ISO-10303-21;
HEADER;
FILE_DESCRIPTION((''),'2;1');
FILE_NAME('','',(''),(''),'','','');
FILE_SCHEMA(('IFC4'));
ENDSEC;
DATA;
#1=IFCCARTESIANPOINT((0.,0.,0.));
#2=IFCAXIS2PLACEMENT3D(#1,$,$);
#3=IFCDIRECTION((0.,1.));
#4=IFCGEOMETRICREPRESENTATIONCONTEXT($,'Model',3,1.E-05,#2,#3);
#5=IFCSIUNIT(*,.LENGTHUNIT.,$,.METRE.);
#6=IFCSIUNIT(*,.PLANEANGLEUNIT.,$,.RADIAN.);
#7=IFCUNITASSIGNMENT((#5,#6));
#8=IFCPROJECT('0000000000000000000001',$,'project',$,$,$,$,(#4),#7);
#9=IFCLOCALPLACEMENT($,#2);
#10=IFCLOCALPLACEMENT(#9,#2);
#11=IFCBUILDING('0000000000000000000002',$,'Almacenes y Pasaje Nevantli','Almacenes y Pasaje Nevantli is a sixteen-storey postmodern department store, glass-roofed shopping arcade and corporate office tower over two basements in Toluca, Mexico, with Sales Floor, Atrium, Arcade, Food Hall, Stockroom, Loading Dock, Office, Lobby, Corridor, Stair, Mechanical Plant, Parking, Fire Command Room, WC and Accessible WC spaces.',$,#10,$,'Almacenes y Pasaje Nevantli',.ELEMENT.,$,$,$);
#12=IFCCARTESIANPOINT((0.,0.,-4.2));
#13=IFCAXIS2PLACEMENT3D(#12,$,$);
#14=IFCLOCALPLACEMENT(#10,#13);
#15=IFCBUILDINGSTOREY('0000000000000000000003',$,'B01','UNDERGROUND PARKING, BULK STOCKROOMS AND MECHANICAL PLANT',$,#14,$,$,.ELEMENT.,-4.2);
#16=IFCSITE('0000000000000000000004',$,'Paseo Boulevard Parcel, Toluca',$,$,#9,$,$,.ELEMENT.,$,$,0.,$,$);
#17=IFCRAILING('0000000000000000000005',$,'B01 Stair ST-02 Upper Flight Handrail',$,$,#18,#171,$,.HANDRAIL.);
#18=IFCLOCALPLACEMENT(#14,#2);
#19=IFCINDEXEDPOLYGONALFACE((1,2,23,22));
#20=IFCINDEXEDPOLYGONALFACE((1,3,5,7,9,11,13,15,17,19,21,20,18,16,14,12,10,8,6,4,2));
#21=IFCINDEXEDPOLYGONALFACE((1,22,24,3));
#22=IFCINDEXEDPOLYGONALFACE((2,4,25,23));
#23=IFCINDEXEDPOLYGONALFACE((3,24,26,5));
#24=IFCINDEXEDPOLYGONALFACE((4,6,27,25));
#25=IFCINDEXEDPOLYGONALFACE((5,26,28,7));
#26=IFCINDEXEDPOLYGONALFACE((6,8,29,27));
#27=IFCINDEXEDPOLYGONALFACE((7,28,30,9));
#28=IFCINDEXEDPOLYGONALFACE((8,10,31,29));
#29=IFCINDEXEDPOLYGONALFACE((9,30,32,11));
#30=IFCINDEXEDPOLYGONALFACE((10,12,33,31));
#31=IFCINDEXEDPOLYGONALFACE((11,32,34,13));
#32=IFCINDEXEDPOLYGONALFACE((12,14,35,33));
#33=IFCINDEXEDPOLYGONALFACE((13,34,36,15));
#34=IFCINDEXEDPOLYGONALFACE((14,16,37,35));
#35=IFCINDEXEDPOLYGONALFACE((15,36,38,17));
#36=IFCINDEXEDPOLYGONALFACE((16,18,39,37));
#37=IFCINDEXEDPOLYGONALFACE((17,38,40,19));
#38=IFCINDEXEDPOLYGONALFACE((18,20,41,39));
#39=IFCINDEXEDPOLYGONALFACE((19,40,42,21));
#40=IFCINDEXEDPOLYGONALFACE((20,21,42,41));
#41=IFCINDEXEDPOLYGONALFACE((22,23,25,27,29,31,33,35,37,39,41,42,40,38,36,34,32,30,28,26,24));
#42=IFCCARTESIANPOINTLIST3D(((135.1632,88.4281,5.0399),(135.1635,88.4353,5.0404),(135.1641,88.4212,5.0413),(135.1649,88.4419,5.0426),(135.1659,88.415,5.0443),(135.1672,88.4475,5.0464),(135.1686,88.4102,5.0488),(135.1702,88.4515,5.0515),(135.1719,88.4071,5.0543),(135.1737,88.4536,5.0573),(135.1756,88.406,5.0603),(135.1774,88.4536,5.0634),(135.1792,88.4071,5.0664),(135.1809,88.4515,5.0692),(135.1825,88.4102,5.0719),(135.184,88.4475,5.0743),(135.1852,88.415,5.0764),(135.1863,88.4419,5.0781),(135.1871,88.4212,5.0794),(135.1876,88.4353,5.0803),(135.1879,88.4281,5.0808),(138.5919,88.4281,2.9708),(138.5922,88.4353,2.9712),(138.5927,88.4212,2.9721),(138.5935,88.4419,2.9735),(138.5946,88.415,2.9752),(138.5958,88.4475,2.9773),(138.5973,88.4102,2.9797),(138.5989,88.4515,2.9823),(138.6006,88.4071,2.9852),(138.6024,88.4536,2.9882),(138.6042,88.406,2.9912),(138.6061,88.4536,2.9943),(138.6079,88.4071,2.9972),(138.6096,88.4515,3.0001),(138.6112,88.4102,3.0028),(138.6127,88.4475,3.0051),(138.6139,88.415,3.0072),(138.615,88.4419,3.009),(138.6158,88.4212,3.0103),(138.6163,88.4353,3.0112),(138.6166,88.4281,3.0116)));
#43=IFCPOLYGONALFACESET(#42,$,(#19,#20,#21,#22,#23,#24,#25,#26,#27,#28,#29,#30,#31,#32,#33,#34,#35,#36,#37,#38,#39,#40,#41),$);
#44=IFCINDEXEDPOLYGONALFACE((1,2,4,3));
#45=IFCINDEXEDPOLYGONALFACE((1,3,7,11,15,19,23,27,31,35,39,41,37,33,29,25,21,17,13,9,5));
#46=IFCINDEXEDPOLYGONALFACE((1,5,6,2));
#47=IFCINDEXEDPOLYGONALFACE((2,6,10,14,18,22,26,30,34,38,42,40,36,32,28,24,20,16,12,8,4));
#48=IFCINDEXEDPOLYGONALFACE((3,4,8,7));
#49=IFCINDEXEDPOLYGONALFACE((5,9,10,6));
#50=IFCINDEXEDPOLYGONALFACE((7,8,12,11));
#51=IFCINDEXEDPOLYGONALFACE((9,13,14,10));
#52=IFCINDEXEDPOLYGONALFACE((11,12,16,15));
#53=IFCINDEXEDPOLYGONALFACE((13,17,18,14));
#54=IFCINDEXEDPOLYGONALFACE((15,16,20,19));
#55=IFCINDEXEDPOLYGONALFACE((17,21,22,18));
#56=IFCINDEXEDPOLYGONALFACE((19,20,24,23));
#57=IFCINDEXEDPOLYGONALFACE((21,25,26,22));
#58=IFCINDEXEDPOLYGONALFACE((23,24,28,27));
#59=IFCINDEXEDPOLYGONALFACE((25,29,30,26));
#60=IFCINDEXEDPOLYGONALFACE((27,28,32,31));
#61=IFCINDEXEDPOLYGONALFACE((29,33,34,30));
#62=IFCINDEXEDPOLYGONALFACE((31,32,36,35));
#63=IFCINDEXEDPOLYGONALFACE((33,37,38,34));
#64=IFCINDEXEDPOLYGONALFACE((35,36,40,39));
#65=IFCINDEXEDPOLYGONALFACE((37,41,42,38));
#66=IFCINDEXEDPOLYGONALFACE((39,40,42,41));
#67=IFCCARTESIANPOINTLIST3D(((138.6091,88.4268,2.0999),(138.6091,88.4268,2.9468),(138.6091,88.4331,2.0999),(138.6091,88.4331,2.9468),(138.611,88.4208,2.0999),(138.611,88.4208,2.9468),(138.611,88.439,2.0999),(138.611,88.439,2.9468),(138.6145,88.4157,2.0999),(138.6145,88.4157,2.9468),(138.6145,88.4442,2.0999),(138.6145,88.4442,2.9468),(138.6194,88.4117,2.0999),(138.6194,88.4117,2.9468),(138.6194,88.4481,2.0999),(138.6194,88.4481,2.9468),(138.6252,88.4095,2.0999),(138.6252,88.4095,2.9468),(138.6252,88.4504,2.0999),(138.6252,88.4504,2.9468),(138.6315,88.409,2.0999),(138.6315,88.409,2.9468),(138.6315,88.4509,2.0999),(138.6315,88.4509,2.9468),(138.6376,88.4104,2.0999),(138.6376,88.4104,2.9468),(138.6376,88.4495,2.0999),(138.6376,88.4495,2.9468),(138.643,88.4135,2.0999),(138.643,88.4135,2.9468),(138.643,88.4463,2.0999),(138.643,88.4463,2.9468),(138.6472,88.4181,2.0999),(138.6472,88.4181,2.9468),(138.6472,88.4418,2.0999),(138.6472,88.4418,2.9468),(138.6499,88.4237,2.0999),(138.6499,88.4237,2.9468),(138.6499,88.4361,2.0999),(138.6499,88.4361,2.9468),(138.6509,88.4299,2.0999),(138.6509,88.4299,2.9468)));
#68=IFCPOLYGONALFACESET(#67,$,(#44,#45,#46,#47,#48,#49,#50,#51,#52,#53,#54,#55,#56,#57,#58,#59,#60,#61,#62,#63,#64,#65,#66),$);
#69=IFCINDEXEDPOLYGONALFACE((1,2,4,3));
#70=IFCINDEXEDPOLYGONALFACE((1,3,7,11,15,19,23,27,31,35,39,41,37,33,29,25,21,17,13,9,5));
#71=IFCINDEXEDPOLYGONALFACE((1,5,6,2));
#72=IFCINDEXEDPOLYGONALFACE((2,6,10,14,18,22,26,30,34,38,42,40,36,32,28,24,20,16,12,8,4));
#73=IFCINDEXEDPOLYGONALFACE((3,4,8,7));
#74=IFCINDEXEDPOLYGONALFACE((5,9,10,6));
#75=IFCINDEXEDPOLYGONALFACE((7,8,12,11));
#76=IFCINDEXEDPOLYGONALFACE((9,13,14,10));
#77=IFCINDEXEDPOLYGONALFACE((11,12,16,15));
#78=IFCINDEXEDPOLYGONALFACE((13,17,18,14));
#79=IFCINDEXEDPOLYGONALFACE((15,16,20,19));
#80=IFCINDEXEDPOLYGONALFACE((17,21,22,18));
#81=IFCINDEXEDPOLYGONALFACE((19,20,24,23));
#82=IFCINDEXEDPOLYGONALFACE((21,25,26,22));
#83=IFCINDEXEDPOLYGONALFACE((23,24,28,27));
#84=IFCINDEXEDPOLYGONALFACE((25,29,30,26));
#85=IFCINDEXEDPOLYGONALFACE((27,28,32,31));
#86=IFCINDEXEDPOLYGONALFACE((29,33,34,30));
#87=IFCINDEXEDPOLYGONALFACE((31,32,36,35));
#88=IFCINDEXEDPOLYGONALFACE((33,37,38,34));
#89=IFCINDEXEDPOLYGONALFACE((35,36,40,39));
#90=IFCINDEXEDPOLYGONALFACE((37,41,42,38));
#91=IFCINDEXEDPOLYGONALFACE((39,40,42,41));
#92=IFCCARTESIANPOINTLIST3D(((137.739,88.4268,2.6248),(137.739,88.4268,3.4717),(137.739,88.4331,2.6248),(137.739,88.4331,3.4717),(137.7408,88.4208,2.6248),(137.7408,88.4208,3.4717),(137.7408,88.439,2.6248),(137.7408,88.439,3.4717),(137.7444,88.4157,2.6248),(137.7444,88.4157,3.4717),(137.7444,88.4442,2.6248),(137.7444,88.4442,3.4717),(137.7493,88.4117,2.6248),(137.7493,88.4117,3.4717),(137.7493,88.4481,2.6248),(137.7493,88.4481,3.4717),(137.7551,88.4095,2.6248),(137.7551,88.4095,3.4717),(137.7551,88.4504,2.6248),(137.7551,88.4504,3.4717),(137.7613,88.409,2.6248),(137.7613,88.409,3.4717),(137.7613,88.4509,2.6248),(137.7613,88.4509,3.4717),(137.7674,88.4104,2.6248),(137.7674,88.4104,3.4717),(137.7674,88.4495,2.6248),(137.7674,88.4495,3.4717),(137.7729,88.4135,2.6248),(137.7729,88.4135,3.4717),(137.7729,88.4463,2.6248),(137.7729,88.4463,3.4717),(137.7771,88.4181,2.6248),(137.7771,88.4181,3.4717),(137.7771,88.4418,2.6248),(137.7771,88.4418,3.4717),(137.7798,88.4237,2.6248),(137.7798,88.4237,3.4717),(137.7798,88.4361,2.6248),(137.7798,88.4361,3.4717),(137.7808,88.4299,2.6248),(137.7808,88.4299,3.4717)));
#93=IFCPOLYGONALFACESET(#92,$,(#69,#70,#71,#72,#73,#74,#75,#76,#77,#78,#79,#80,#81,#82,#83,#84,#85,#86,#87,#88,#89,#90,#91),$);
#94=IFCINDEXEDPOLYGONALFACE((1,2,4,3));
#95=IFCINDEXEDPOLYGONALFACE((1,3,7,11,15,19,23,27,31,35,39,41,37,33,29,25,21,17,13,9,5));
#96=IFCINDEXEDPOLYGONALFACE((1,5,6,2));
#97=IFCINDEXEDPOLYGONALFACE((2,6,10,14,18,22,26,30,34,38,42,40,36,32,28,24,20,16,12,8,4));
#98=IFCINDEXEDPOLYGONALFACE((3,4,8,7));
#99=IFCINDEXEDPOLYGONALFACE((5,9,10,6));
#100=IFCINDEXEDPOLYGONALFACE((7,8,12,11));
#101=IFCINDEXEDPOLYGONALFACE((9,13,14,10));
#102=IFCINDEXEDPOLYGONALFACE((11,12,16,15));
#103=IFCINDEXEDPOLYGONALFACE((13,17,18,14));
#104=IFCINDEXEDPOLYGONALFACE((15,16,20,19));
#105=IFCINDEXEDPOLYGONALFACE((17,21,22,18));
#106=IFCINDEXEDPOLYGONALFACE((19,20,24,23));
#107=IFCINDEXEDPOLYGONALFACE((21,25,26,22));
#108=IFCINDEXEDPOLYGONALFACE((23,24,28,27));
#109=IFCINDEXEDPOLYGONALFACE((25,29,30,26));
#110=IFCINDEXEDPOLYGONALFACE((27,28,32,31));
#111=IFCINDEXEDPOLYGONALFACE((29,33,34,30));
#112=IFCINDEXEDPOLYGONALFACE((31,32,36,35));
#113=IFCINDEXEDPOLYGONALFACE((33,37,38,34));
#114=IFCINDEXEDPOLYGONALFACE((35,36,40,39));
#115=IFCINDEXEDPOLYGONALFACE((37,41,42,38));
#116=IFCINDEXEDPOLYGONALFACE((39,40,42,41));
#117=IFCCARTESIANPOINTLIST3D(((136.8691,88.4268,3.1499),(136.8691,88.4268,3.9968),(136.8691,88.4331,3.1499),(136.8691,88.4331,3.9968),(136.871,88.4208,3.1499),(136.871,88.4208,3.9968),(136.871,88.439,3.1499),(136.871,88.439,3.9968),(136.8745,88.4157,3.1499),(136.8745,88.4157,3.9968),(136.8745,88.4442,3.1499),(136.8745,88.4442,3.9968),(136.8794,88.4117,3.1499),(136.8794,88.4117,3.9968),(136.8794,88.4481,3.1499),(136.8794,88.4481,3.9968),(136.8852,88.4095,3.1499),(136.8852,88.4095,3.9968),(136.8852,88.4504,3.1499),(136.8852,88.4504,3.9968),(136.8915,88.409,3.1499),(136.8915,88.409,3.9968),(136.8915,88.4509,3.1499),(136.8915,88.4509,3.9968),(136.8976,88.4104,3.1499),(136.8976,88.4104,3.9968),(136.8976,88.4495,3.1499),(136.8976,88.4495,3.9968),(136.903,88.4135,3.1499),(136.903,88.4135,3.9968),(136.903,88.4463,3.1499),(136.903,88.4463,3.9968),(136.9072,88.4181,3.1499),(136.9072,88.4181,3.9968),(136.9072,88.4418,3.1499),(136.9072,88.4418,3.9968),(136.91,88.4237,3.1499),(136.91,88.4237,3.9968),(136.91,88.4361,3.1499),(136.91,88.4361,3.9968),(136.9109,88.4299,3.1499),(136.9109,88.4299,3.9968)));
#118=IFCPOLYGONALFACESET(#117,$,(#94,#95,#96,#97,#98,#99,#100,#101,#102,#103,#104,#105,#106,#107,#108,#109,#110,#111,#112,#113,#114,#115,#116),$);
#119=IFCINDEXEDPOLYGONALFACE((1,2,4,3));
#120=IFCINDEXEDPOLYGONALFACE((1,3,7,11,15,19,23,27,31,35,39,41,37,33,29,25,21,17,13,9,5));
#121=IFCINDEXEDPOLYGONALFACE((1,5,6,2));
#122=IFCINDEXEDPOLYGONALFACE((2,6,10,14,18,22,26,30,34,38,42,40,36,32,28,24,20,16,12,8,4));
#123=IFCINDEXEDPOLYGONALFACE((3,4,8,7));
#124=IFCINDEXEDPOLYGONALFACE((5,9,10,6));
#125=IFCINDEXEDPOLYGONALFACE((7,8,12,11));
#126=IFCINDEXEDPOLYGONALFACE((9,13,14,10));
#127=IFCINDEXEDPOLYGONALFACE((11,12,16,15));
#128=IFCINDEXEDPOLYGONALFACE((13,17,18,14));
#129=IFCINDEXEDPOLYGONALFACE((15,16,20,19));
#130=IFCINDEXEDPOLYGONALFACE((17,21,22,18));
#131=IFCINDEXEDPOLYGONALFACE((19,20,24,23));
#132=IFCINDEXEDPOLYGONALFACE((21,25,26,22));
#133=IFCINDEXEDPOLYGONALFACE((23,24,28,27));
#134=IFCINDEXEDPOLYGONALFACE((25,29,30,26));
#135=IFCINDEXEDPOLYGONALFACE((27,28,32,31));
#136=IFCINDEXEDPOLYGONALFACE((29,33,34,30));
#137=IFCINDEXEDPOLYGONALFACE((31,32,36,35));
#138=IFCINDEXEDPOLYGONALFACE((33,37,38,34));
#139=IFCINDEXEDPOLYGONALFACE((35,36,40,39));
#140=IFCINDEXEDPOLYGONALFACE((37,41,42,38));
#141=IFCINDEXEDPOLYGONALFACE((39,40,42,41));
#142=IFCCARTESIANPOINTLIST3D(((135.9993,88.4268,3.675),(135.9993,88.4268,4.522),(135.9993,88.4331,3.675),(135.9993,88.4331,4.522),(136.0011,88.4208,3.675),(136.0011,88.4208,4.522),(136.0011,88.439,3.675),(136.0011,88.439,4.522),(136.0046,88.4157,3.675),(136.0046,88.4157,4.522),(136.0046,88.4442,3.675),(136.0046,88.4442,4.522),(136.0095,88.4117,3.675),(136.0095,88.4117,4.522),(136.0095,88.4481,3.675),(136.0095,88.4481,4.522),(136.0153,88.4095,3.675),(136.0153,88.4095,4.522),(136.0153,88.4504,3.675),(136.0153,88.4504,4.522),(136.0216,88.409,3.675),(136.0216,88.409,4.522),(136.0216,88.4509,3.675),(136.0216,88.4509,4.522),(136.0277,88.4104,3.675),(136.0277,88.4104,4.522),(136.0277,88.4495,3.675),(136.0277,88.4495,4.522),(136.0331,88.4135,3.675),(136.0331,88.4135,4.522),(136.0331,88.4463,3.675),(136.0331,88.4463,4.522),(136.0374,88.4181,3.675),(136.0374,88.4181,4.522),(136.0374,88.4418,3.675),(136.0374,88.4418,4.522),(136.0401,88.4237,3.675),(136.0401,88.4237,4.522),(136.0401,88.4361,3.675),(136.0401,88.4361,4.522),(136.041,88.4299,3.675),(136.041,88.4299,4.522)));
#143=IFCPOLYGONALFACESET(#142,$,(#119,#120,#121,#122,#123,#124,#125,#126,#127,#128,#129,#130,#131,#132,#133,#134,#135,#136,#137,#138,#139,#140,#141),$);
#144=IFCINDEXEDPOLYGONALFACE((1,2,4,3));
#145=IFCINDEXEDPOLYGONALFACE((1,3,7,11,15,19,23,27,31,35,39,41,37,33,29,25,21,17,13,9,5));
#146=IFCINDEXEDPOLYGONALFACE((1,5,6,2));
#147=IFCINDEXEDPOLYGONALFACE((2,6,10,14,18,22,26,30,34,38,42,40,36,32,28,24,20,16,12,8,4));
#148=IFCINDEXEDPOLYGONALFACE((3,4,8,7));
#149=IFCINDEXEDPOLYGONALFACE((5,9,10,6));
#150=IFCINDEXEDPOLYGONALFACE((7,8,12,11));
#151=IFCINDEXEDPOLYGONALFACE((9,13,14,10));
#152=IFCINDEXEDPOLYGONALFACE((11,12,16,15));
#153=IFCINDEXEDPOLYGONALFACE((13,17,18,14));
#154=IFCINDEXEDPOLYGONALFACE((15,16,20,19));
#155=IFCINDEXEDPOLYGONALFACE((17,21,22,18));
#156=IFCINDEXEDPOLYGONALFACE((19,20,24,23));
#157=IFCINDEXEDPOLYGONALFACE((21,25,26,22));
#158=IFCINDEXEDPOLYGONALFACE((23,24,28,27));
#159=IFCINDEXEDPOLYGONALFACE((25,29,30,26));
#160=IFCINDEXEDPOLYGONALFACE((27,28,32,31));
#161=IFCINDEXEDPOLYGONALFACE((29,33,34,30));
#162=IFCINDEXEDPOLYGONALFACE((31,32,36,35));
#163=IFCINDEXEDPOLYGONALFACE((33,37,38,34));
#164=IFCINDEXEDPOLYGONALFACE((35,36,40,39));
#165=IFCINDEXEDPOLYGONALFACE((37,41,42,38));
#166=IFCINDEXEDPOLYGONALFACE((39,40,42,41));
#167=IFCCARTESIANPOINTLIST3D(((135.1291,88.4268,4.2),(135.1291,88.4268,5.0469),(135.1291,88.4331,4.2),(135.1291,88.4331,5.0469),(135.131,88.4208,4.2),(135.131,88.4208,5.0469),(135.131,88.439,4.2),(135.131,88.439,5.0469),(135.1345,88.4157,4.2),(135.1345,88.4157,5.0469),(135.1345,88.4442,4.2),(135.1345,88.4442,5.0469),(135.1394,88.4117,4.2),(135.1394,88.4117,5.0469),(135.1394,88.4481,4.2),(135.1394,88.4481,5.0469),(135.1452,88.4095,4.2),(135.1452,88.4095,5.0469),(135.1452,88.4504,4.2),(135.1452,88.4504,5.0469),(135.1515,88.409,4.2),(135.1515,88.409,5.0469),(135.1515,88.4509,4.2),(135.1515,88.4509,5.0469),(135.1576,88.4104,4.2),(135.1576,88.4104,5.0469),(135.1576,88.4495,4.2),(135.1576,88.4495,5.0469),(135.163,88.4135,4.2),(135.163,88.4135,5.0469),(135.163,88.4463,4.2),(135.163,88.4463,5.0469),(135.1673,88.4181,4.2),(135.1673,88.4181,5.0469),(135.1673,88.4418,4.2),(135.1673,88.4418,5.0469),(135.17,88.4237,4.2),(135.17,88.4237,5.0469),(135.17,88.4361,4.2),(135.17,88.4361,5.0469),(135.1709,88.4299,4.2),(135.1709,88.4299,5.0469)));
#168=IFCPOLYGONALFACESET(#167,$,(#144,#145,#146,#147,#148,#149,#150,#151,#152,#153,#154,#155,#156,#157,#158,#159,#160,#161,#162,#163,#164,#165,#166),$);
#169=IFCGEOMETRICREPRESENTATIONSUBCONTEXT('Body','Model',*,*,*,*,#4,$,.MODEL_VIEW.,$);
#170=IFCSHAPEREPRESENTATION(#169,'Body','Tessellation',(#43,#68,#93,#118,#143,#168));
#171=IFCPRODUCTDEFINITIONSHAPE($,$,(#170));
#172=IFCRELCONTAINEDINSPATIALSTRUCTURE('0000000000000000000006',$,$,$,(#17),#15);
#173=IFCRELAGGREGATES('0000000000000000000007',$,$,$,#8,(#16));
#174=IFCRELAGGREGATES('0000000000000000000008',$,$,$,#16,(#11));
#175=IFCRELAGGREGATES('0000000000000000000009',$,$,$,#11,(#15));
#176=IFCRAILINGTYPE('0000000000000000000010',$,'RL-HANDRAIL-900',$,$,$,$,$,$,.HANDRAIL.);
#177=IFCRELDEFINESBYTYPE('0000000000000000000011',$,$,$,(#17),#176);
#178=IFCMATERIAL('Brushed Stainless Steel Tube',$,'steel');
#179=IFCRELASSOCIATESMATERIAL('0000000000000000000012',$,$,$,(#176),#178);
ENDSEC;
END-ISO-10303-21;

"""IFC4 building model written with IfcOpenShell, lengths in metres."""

from ifc_helpers import new_model, si_unit, direction, frame, origin, origin_2d, place, context, subcontext, project, spatial, circle, extrude, material, type_object, element, save


model = new_model("IFC4")

# Units and contexts
model_context = context("Model", 3, precision=1e-05, world=origin(), true_north=direction((0.0, 1.0)))
body_context = subcontext(model_context, "Body", "Model", "MODEL_VIEW")
ifc_project = project(units=[si_unit("LENGTHUNIT", "METRE"), si_unit("PLANEANGLEUNIT", "RADIAN")], contexts=[model_context])

# Site, building, storey
site_placement = place(None, origin())
site = spatial("IfcSite", under=ifc_project, at=site_placement, Name="Paseo Boulevard Parcel, Toluca", CompositionType="ELEMENT", RefElevation=0.0)
building_placement = place(site_placement, origin())
building = spatial("IfcBuilding", under=site, at=building_placement, Name="Almacenes y Pasaje Nevantli", Description="Almacenes y Pasaje Nevantli is a sixteen-storey postmodern department store, glass-roofed shopping arcade and corporate office tower over two basements in Toluca, Mexico, with Sales Floor, Atrium, Arcade, Food Hall, Stockroom, Loading Dock, Office, Lobby, Corridor, Stair, Mechanical Plant, Parking, Fire Command Room, WC and Accessible WC spaces.", LongName="Almacenes y Pasaje Nevantli", CompositionType="ELEMENT")
storey_placement = place(building_placement, frame((0.0, 0.0, -4.2)))
storey = spatial("IfcBuildingStorey", under=building, at=storey_placement, Name="B01", Description="UNDERGROUND PARKING, BULK STOCKROOMS AND MECHANICAL PLANT", CompositionType="ELEMENT", Elevation=-4.2)

# Railing
ifc_material_1 = material(Name="Brushed Stainless Steel Tube", Category="steel")
railing_type_1 = type_object("IfcRailingType", Name="RL-HANDRAIL-900", PredefinedType="HANDRAIL", material=ifc_material_1)
railing_1_placement = place(storey_placement, frame((138.6299, 88.4299, 2.0999)))
element("IfcRailing", 1, at=railing_1_placement, inside=storey, type_object=railing_type_1, Name="B01 Stair ST-02 Upper Flight Handrail", PredefinedType="HANDRAIL", context=body_context, shape_type="SweptSolid", body=[
    extrude(circle(Radius=0.0239, at=origin_2d()), frame((-0.0256, 0.0, 0.8914), z_axis=(-0.856176, 0.0, 0.516685), x_axis=(0.0, -1.0, 0.0)), (0.0, 0.0, 1.0), 4.0046),
    extrude(circle(Radius=0.021, at=origin_2d()), origin(), (0.0, 0.0, 1.0), 0.8469),
    extrude(circle(Radius=0.021, at=origin_2d()), frame((-0.8701, 0.0, 0.5249)), (0.0, 0.0, 1.0), 0.8469),
    extrude(circle(Radius=0.021, at=origin_2d()), frame((-1.74, 0.0, 1.05)), (0.0, 0.0, 1.0), 0.8469),
    extrude(circle(Radius=0.021, at=origin_2d()), frame((-2.6099, 0.0, 1.5752)), (0.0, 0.0, 1.0), 0.8469),
    extrude(circle(Radius=0.021, at=origin_2d()), frame((-3.48, 0.0, 2.1001)), (0.0, 0.0, 1.0), 0.8469),
])

save(model, "model.ifc")
